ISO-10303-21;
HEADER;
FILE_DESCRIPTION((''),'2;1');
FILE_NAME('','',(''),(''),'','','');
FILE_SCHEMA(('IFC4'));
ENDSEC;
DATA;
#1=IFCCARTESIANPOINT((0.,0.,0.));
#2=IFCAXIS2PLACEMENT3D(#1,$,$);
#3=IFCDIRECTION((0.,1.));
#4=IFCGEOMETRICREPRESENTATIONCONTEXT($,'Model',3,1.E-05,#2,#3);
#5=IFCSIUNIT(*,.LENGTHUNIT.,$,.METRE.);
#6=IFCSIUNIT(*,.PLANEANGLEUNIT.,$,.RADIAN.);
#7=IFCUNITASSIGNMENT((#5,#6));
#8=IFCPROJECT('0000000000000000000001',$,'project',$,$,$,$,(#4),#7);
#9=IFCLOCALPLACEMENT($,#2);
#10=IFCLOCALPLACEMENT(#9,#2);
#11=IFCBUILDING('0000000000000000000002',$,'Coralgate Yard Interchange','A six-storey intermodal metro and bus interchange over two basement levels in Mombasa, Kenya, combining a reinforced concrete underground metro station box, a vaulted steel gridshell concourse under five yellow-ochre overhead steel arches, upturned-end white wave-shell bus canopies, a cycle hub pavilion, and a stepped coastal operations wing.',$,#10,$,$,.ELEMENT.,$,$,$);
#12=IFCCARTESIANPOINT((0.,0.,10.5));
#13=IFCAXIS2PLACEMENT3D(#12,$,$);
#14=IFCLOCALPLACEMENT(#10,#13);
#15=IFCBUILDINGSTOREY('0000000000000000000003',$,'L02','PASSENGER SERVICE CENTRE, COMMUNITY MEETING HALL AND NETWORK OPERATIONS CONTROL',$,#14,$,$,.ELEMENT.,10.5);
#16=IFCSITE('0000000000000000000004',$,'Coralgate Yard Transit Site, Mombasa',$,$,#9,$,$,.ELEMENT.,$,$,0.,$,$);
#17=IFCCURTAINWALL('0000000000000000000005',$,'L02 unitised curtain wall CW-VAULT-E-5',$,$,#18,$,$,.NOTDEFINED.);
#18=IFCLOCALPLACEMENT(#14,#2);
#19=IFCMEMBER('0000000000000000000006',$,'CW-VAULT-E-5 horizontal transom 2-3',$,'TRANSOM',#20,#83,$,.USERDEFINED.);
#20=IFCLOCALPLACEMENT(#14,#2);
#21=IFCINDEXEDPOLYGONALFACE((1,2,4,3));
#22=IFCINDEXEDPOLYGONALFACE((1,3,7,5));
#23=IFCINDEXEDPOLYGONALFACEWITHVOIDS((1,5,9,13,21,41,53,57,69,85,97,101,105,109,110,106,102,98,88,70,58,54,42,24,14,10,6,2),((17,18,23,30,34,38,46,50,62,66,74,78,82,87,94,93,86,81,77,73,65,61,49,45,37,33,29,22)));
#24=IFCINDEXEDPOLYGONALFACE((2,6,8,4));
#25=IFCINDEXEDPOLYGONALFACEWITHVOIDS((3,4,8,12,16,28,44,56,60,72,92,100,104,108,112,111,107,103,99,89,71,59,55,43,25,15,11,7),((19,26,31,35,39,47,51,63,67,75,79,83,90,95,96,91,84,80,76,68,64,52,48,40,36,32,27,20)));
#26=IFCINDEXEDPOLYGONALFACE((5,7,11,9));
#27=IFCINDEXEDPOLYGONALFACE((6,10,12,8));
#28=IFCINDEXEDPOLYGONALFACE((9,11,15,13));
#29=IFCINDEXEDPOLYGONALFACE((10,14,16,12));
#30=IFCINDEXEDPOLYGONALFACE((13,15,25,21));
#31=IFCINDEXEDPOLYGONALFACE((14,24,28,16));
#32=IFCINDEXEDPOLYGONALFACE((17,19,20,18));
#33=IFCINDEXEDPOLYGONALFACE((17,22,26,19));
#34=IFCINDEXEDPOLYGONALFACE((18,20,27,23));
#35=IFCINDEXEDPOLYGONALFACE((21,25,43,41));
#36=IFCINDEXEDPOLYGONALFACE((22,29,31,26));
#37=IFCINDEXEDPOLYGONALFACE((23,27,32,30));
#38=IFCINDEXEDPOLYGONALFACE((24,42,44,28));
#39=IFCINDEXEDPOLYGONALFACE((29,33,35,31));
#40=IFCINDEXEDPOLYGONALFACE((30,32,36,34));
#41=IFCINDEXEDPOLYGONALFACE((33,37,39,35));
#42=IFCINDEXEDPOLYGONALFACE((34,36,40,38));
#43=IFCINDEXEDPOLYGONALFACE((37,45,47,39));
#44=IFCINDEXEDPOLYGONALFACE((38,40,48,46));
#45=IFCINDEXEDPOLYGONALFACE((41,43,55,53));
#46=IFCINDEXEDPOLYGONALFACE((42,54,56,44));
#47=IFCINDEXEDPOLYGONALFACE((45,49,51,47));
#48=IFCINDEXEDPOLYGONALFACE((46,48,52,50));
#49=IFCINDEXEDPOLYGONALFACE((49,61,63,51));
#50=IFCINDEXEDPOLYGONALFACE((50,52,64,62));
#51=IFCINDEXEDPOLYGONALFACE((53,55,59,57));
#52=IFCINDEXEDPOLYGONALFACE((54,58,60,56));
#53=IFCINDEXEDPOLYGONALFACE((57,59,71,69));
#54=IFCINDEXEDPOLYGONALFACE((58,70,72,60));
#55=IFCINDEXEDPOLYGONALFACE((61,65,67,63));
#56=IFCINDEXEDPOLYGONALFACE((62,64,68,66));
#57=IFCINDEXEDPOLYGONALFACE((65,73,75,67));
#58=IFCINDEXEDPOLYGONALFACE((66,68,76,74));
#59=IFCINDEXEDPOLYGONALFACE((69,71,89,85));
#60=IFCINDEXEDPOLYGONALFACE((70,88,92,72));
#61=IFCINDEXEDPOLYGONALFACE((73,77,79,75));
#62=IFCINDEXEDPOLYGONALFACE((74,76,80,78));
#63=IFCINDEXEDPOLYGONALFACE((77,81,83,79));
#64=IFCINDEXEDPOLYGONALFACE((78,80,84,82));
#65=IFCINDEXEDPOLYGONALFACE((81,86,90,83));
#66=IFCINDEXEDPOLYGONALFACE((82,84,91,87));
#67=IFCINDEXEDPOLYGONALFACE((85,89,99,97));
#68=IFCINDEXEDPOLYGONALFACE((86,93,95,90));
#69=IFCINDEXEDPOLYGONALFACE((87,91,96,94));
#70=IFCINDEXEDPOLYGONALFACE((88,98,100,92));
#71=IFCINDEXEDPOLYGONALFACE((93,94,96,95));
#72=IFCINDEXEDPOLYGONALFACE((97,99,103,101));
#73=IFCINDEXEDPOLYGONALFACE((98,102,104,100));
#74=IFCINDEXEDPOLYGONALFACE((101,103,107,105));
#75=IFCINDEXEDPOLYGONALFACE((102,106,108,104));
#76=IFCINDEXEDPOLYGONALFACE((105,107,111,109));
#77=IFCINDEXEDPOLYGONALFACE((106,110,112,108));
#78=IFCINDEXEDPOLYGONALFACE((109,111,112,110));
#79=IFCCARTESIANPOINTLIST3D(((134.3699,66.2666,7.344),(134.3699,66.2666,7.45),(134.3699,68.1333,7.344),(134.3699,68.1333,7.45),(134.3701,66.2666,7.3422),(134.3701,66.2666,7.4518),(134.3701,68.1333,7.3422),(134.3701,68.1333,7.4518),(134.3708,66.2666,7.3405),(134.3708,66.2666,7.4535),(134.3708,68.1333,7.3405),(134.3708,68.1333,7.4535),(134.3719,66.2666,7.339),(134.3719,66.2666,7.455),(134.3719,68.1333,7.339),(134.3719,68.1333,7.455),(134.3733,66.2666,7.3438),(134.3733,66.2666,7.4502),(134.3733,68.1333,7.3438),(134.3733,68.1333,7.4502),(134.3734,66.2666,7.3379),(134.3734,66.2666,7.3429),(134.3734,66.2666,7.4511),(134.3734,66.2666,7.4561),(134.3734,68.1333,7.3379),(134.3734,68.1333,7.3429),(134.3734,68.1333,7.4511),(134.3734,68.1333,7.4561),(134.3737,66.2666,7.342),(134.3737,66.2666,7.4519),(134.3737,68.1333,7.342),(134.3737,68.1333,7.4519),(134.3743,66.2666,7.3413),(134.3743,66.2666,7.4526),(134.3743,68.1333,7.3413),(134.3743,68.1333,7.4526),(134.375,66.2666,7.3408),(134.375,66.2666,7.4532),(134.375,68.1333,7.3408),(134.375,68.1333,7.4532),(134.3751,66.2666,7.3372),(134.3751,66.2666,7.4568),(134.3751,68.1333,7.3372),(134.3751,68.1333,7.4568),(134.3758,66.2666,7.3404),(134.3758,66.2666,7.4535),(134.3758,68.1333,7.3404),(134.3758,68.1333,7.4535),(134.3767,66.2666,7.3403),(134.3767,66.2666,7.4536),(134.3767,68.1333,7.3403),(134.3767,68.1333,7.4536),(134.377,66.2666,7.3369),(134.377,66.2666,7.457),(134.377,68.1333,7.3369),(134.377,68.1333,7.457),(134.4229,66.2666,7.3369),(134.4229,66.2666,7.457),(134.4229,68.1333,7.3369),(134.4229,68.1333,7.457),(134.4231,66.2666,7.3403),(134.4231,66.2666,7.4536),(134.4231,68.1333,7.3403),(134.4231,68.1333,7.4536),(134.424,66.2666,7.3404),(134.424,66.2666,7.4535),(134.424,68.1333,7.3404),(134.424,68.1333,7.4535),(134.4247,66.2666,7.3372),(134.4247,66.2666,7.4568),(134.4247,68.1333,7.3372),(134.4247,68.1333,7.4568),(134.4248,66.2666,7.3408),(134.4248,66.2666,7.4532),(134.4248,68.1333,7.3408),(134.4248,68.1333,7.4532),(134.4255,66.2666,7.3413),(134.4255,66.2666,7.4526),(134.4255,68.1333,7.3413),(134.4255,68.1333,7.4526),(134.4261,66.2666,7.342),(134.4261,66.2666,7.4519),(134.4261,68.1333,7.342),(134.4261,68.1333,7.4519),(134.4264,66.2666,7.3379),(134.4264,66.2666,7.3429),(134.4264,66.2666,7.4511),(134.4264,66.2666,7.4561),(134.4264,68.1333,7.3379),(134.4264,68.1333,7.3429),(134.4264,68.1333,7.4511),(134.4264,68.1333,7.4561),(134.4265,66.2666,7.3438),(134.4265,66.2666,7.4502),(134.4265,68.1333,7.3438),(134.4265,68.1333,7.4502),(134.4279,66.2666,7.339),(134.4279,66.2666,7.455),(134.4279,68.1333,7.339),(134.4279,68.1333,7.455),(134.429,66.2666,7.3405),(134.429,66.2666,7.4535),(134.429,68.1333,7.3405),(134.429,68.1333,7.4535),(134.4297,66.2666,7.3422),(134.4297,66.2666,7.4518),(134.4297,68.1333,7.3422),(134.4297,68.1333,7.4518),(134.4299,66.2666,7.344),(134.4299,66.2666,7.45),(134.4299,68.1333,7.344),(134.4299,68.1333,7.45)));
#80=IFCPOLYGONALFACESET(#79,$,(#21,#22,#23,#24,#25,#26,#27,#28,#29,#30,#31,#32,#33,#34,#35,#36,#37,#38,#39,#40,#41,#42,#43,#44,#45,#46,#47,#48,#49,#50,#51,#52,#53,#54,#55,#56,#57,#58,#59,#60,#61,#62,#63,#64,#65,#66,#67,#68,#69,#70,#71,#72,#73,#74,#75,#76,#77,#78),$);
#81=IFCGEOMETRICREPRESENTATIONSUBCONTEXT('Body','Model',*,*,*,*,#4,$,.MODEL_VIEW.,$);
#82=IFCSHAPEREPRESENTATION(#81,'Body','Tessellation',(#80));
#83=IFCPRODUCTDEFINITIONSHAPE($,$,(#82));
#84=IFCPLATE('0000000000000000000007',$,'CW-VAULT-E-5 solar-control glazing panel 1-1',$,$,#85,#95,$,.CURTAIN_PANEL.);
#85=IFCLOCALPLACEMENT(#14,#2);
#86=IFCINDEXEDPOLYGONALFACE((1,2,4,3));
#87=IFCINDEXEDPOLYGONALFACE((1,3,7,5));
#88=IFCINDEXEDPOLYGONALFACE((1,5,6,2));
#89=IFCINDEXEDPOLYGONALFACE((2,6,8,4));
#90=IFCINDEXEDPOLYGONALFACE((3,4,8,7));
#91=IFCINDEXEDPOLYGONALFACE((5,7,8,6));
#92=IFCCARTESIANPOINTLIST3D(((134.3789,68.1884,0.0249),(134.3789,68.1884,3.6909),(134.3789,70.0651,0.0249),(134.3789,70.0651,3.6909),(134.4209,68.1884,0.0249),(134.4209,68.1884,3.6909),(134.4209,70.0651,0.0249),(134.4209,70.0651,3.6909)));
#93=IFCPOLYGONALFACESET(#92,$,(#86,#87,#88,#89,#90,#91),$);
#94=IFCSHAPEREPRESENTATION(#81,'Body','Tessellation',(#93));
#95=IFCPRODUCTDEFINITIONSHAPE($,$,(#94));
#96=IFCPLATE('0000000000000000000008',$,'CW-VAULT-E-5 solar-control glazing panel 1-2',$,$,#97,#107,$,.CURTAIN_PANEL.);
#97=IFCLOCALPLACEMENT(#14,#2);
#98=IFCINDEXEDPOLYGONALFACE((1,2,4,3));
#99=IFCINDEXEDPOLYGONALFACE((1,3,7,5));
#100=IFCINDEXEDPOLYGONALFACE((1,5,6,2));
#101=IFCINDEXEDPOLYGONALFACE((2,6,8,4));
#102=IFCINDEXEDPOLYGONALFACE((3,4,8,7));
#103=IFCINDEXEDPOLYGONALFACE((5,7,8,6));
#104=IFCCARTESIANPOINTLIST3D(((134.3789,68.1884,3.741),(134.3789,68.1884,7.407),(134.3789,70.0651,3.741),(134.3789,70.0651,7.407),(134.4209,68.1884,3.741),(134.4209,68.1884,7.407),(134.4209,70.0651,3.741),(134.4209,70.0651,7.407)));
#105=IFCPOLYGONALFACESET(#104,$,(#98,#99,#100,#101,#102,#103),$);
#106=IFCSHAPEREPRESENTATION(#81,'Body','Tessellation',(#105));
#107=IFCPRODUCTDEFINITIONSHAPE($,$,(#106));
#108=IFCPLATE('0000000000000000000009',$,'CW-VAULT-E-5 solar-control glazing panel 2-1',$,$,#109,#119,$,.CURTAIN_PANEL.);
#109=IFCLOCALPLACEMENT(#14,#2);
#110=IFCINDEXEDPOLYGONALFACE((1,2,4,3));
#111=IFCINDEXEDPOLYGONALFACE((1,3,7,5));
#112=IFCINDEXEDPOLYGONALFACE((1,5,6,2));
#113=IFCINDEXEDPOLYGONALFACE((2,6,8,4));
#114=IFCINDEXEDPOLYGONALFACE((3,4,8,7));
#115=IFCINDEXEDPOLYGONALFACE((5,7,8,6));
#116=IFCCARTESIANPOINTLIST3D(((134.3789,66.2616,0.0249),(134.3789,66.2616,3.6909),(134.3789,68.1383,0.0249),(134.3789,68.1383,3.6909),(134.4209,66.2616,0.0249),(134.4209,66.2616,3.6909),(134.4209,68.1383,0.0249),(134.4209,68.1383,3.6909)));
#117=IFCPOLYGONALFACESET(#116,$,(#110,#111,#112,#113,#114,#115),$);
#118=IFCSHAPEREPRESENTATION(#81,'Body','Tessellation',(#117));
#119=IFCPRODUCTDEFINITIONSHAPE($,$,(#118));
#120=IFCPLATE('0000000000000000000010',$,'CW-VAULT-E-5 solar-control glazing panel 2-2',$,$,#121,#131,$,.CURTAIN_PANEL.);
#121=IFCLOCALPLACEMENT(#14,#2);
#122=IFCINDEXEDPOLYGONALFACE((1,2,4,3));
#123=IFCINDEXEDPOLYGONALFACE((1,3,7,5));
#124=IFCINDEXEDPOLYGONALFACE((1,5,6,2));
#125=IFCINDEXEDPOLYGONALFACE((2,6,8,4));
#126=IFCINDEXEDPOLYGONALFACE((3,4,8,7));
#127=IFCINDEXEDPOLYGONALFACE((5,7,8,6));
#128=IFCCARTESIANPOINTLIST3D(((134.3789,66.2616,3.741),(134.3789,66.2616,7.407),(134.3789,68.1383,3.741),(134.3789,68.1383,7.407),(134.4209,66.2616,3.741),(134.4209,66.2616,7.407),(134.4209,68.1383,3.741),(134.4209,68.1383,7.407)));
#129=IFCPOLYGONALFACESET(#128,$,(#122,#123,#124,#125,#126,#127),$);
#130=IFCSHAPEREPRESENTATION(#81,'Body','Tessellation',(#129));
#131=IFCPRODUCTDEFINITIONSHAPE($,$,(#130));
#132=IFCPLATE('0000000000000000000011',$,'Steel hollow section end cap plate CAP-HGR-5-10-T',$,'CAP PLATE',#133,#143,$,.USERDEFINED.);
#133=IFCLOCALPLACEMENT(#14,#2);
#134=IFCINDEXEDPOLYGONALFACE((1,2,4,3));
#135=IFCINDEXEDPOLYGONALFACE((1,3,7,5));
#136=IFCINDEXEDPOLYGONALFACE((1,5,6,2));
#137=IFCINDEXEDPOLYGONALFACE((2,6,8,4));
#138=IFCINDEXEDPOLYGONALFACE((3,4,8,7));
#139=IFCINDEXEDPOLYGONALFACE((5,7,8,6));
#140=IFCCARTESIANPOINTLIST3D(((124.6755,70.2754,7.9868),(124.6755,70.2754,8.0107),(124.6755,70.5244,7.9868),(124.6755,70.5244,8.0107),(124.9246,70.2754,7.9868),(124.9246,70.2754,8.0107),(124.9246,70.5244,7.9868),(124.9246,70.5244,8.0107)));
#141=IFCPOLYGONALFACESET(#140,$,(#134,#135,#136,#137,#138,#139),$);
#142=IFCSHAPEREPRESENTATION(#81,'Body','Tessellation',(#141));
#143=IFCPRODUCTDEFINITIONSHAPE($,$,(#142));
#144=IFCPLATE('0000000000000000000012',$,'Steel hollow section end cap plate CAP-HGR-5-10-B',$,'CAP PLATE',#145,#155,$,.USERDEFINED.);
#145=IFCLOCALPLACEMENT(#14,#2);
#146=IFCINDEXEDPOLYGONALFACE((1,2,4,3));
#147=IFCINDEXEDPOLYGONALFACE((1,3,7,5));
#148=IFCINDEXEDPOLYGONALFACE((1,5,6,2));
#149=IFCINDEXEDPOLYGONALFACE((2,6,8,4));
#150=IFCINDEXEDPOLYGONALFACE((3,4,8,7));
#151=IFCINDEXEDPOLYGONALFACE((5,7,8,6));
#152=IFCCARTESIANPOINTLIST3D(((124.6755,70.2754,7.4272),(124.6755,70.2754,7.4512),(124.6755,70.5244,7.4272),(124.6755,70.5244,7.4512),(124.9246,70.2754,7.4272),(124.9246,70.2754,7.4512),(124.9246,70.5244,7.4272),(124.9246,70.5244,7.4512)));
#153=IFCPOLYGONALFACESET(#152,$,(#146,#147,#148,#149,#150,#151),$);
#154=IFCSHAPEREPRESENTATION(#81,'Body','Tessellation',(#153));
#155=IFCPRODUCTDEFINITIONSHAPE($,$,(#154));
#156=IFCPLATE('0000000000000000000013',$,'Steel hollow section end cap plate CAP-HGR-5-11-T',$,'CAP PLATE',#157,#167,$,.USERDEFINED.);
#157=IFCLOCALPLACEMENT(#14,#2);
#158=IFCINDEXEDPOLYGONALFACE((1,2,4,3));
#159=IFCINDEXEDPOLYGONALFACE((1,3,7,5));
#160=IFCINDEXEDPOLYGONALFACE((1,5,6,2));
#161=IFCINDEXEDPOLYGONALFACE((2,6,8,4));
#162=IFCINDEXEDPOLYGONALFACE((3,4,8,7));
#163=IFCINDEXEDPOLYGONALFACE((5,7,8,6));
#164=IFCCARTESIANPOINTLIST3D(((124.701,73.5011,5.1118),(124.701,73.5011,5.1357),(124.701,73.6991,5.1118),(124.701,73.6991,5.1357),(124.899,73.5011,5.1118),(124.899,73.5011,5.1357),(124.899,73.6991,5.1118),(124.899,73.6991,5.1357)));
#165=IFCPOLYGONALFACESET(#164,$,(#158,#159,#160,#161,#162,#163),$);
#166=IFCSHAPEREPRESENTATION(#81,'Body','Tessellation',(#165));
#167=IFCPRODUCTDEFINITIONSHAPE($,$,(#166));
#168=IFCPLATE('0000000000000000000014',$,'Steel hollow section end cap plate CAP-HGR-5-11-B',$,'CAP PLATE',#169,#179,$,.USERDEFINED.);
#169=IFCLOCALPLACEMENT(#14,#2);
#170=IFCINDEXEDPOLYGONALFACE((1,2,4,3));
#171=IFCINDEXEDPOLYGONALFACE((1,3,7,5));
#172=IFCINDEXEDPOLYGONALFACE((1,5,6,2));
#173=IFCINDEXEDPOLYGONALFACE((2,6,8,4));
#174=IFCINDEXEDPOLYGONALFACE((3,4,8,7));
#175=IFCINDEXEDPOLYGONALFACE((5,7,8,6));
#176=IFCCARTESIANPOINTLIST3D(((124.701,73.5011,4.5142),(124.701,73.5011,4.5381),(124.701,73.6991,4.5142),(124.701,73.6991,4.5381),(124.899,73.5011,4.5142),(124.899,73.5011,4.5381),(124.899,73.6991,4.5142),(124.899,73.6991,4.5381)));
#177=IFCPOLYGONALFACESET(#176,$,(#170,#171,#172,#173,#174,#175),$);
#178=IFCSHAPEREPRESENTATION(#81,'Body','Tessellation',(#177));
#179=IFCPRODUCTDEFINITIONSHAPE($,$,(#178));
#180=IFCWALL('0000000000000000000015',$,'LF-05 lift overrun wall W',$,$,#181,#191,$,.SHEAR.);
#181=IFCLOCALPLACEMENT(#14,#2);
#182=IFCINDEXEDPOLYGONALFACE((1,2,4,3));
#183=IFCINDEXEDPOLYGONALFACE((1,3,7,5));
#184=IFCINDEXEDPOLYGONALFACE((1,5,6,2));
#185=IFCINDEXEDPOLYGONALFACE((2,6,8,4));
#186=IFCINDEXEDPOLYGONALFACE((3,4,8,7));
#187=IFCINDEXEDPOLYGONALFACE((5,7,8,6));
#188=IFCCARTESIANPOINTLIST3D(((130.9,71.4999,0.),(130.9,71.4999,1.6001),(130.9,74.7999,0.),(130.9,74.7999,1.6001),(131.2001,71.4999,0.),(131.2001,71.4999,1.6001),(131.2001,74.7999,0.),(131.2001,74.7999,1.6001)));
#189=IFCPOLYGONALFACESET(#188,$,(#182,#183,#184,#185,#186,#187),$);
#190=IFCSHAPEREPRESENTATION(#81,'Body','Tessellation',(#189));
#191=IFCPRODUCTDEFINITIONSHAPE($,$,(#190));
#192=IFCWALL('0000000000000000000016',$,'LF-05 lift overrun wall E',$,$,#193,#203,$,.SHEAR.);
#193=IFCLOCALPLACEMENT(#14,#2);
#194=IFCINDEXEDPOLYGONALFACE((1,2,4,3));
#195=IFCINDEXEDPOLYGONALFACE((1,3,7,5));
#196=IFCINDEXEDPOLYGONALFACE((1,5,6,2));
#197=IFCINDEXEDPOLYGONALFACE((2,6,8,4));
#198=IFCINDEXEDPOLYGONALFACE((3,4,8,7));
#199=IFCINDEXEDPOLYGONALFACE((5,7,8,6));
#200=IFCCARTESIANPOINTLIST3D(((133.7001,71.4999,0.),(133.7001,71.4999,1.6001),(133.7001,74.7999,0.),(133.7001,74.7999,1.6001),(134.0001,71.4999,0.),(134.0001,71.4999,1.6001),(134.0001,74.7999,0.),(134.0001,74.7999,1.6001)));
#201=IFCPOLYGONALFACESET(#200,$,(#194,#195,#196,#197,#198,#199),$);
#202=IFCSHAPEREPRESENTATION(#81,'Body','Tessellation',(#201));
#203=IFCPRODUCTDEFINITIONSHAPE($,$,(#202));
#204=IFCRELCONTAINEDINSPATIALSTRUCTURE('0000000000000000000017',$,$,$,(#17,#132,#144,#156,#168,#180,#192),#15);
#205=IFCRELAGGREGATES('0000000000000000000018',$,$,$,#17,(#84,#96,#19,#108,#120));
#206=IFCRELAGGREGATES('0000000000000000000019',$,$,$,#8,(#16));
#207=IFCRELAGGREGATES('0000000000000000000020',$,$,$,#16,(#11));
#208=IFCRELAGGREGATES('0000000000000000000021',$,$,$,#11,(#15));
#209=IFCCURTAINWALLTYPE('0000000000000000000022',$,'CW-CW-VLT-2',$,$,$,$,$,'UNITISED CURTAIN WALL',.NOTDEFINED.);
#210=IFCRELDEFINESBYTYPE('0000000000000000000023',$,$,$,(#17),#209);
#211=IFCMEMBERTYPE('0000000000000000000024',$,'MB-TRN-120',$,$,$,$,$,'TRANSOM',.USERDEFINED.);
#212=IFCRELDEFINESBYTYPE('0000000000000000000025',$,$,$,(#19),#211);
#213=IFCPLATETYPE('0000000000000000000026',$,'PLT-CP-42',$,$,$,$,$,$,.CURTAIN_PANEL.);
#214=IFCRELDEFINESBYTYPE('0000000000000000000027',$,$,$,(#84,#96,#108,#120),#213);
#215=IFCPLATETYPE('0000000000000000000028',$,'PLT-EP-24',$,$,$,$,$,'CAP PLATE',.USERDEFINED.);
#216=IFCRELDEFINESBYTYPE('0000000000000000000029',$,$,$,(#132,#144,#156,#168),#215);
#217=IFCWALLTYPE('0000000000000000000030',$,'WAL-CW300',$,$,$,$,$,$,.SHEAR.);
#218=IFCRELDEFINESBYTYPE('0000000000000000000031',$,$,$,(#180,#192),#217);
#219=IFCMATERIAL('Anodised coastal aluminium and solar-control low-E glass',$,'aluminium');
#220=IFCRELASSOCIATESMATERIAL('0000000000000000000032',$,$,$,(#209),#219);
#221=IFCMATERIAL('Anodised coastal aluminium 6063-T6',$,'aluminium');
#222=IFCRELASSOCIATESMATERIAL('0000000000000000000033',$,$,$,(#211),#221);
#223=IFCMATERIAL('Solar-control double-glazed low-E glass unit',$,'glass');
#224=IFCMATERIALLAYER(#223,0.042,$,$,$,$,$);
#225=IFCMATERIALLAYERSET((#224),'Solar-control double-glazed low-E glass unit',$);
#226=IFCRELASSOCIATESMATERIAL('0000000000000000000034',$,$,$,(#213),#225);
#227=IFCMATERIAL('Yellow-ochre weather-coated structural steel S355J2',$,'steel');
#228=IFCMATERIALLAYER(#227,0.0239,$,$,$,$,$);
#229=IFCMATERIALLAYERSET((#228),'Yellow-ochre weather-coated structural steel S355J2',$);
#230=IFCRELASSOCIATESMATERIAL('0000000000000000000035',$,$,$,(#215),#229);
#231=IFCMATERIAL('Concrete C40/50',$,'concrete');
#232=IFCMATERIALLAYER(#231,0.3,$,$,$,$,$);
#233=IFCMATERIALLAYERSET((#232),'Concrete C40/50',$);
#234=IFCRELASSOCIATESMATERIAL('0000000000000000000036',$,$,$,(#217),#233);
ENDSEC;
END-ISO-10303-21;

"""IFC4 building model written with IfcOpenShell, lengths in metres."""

from ifc_helpers import new_model, si_unit, direction, frame, frame_2d, origin, origin_2d, place, context, subcontext, project, spatial, rectangle, hollow_rectangle, extrude, material, layer, layer_set, material_profile, profile_set, type_object, element, aggregate, save


model = new_model("IFC4")

# Units and contexts
model_context = context("Model", 3, precision=1e-05, world=origin(), true_north=direction((0.0, 1.0)))
body_context = subcontext(model_context, "Body", "Model", "MODEL_VIEW")
ifc_project = project(units=[si_unit("LENGTHUNIT", "METRE"), si_unit("PLANEANGLEUNIT", "RADIAN")], contexts=[model_context])

# Site, building, storey
site_placement = place(None, origin())
site = spatial("IfcSite", under=ifc_project, at=site_placement, Name="Coralgate Yard Transit Site, Mombasa", CompositionType="ELEMENT", RefElevation=0.0)
building_placement = place(site_placement, origin())
building = spatial("IfcBuilding", under=site, at=building_placement, Name="Coralgate Yard Interchange", Description="A six-storey intermodal metro and bus interchange over two basement levels in Mombasa, Kenya, combining a reinforced concrete underground metro station box, a vaulted steel gridshell concourse under five yellow-ochre overhead steel arches, upturned-end white wave-shell bus canopies, a cycle hub pavilion, and a stepped coastal operations wing.", CompositionType="ELEMENT")
storey_placement = place(building_placement, frame((0.0, 0.0, 10.5)))
storey = spatial("IfcBuildingStorey", under=building, at=storey_placement, Name="L02", Description="PASSENGER SERVICE CENTRE, COMMUNITY MEETING HALL AND NETWORK OPERATIONS CONTROL", CompositionType="ELEMENT", Elevation=10.5)

# Shared definitions
ifc_material_1 = material(Name="Yellow-ochre weather-coated structural steel S355J2", Category="steel")

# Curtain wall
ifc_material_2 = material(Name="Anodised coastal aluminium and solar-control low-E glass", Category="aluminium")
curtain_wall_type = type_object("IfcCurtainWallType", Name="CW-CW-VLT-2", ElementType="UNITISED CURTAIN WALL", PredefinedType="NOTDEFINED", material=ifc_material_2)
curtain_wall_placement = place(storey_placement, origin())
curtain_wall = element("IfcCurtainWall", 1, at=curtain_wall_placement, inside=storey, type_object=curtain_wall_type, Name="L02 unitised curtain wall CW-VAULT-E-5", PredefinedType="NOTDEFINED")
ifc_material_3 = material(Name="Anodised coastal aluminium 6063-T6", Category="aluminium")

# Member
ifc_material_profile_1 = material_profile(ifc_material_3, hollow_rectangle(XDim=0.0601, YDim=0.1201, WallThickness=0.0034, InnerFilletRadius=0.0034, OuterFilletRadius=0.0071, at=origin_2d()), Name="ALU 60x120x3.5")
ifc_profile_set_1 = profile_set([ifc_material_profile_1], Name="Anodised coastal aluminium 6063-T6")
member_type_1 = type_object("IfcMemberType", Name="MB-TRN-120", ElementType="TRANSOM", PredefinedType="USERDEFINED", material=ifc_profile_set_1)
member_1_placement = place(storey_placement, frame((134.3999, 68.1333, 7.397), z_axis=(0.0, -1.0, 0.0), x_axis=(1.0, 0.0, 0.0)))
member_1 = element("IfcMember", 2, at=member_1_placement, type_object=member_type_1, Name="CW-VAULT-E-5 horizontal transom 2-3", ObjectType="TRANSOM", PredefinedType="USERDEFINED", context=body_context, shape_type="SweptSolid", body=[
    extrude(hollow_rectangle(XDim=0.0601, YDim=0.1201, WallThickness=0.0034, InnerFilletRadius=0.0034, OuterFilletRadius=0.0071, at=origin_2d()), origin(), (0.0, 0.0, 1.0), 1.8667),
])

# Plates
ifc_material_4 = material(Name="Solar-control double-glazed low-E glass unit", Category="glass")
ifc_layer_1 = layer(ifc_material_4, 0.042)
ifc_layer_set_1 = layer_set([ifc_layer_1], Name="Solar-control double-glazed low-E glass unit")
plate_type_1 = type_object("IfcPlateType", Name="PLT-CP-42", PredefinedType="CURTAIN_PANEL", material=ifc_layer_set_1)
plate_1_placement = place(storey_placement, frame((134.3999, 69.1267, 0.0249), z_axis=(0.0, 0.0, 1.0), x_axis=(0.0, -1.0, 0.0)))
plate_1 = element("IfcPlate", 3, at=plate_1_placement, type_object=plate_type_1, Name="CW-VAULT-E-5 solar-control glazing panel 1-1", PredefinedType="CURTAIN_PANEL", context=body_context, shape_type="SweptSolid", body=[
    extrude(rectangle(XDim=1.8767, YDim=0.042, at=origin_2d()), origin(), (0.0, 0.0, 1.0), 3.666),
])
plate_2_placement = place(storey_placement, frame((134.3999, 69.1267, 3.741), z_axis=(0.0, 0.0, 1.0), x_axis=(0.0, -1.0, 0.0)))
plate_2 = element("IfcPlate", 4, at=plate_2_placement, type_object=plate_type_1, Name="CW-VAULT-E-5 solar-control glazing panel 1-2", PredefinedType="CURTAIN_PANEL", context=body_context, shape_type="SweptSolid", body=[
    extrude(rectangle(XDim=1.8767, YDim=0.042, at=origin_2d()), origin(), (0.0, 0.0, 1.0), 3.666),
])
plate_3_placement = place(storey_placement, frame((134.3999, 67.2, 0.0249), z_axis=(0.0, 0.0, 1.0), x_axis=(0.0, -1.0, 0.0)))
plate_3 = element("IfcPlate", 5, at=plate_3_placement, type_object=plate_type_1, Name="CW-VAULT-E-5 solar-control glazing panel 2-1", PredefinedType="CURTAIN_PANEL", context=body_context, shape_type="SweptSolid", body=[
    extrude(rectangle(XDim=1.8767, YDim=0.042, at=origin_2d()), origin(), (0.0, 0.0, 1.0), 3.666),
])
plate_4_placement = place(storey_placement, frame((134.3999, 67.2, 3.741), z_axis=(0.0, 0.0, 1.0), x_axis=(0.0, -1.0, 0.0)))
plate_4 = element("IfcPlate", 6, at=plate_4_placement, type_object=plate_type_1, Name="CW-VAULT-E-5 solar-control glazing panel 2-2", PredefinedType="CURTAIN_PANEL", context=body_context, shape_type="SweptSolid", body=[
    extrude(rectangle(XDim=1.8767, YDim=0.042, at=origin_2d()), origin(), (0.0, 0.0, 1.0), 3.666),
])
aggregate(curtain_wall, [plate_1, plate_2, member_1, plate_3, plate_4])

# Plates
ifc_layer_2 = layer(ifc_material_1, 0.0239)
ifc_layer_set_2 = layer_set([ifc_layer_2], Name="Yellow-ochre weather-coated structural steel S355J2")
plate_type_2 = type_object("IfcPlateType", Name="PLT-EP-24", ElementType="CAP PLATE", PredefinedType="USERDEFINED", material=ifc_layer_set_2)
for number, where, z_axis, x_axis, name in (
    (7, (124.8, 70.3999, 7.9868), (0.0, 0.0, 1.0), (1.0, 0.0, 0.0), "Steel hollow section end cap plate CAP-HGR-5-10-T"),
    (8, (124.8, 70.3999, 7.4512), (0.0, 0.0, -1.0), (1.0, 0.0, 0.0), "Steel hollow section end cap plate CAP-HGR-5-10-B"),
):
    element("IfcPlate", number, at=place(storey_placement, frame(where, z_axis=z_axis, x_axis=x_axis)), inside=storey, type_object=plate_type_2, Name=name, ObjectType="CAP PLATE", PredefinedType="USERDEFINED", context=body_context, shape_type="SweptSolid", body=[
        extrude(rectangle(XDim=0.249, YDim=0.249, at=origin_2d()), origin(), (0.0, 0.0, 1.0), 0.0239),
    ])
for number, where, z_axis, x_axis, name in (
    (9, (124.8, 73.6001, 5.1118), (0.0, 0.0, 1.0), (1.0, 0.0, 0.0), "Steel hollow section end cap plate CAP-HGR-5-11-T"),
    (10, (124.8, 73.6001, 4.5381), (0.0, 0.0, -1.0), (1.0, 0.0, 0.0), "Steel hollow section end cap plate CAP-HGR-5-11-B"),
):
    element("IfcPlate", number, at=place(storey_placement, frame(where, z_axis=z_axis, x_axis=x_axis)), inside=storey, type_object=plate_type_2, Name=name, ObjectType="CAP PLATE", PredefinedType="USERDEFINED", context=body_context, shape_type="SweptSolid", body=[
        extrude(rectangle(XDim=0.198, YDim=0.198, at=origin_2d()), origin(), (0.0, 0.0, 1.0), 0.0239),
    ])

# Walls
ifc_material_5 = material(Name="Concrete C40/50", Category="concrete")
ifc_layer_3 = layer(ifc_material_5, 0.3)
ifc_layer_set_3 = layer_set([ifc_layer_3], Name="Concrete C40/50")
wall_type = type_object("IfcWallType", Name="WAL-CW300", PredefinedType="SHEAR", material=ifc_layer_set_3)
for number, where, z_axis, x_axis, name in (
    (11, (131.05, 71.5, 0.0), (0.0, 0.0, 1.0), (0.0, 1.0, 0.0), "LF-05 lift overrun wall W"),
    (12, (133.8501, 71.5, 0.0), (0.0, 0.0, 1.0), (0.0, 1.0, 0.0), "LF-05 lift overrun wall E"),
):
    element("IfcWall", number, at=place(storey_placement, frame(where, z_axis=z_axis, x_axis=x_axis)), inside=storey, type_object=wall_type, Name=name, PredefinedType="SHEAR", context=body_context, shape_type="SweptSolid", body=[
        extrude(rectangle(XDim=3.3, YDim=0.3, at=frame_2d((1.6499, 0.0))), origin(), (0.0, 0.0, 1.0), 1.6001),
    ])

save(model, "model.ifc")
